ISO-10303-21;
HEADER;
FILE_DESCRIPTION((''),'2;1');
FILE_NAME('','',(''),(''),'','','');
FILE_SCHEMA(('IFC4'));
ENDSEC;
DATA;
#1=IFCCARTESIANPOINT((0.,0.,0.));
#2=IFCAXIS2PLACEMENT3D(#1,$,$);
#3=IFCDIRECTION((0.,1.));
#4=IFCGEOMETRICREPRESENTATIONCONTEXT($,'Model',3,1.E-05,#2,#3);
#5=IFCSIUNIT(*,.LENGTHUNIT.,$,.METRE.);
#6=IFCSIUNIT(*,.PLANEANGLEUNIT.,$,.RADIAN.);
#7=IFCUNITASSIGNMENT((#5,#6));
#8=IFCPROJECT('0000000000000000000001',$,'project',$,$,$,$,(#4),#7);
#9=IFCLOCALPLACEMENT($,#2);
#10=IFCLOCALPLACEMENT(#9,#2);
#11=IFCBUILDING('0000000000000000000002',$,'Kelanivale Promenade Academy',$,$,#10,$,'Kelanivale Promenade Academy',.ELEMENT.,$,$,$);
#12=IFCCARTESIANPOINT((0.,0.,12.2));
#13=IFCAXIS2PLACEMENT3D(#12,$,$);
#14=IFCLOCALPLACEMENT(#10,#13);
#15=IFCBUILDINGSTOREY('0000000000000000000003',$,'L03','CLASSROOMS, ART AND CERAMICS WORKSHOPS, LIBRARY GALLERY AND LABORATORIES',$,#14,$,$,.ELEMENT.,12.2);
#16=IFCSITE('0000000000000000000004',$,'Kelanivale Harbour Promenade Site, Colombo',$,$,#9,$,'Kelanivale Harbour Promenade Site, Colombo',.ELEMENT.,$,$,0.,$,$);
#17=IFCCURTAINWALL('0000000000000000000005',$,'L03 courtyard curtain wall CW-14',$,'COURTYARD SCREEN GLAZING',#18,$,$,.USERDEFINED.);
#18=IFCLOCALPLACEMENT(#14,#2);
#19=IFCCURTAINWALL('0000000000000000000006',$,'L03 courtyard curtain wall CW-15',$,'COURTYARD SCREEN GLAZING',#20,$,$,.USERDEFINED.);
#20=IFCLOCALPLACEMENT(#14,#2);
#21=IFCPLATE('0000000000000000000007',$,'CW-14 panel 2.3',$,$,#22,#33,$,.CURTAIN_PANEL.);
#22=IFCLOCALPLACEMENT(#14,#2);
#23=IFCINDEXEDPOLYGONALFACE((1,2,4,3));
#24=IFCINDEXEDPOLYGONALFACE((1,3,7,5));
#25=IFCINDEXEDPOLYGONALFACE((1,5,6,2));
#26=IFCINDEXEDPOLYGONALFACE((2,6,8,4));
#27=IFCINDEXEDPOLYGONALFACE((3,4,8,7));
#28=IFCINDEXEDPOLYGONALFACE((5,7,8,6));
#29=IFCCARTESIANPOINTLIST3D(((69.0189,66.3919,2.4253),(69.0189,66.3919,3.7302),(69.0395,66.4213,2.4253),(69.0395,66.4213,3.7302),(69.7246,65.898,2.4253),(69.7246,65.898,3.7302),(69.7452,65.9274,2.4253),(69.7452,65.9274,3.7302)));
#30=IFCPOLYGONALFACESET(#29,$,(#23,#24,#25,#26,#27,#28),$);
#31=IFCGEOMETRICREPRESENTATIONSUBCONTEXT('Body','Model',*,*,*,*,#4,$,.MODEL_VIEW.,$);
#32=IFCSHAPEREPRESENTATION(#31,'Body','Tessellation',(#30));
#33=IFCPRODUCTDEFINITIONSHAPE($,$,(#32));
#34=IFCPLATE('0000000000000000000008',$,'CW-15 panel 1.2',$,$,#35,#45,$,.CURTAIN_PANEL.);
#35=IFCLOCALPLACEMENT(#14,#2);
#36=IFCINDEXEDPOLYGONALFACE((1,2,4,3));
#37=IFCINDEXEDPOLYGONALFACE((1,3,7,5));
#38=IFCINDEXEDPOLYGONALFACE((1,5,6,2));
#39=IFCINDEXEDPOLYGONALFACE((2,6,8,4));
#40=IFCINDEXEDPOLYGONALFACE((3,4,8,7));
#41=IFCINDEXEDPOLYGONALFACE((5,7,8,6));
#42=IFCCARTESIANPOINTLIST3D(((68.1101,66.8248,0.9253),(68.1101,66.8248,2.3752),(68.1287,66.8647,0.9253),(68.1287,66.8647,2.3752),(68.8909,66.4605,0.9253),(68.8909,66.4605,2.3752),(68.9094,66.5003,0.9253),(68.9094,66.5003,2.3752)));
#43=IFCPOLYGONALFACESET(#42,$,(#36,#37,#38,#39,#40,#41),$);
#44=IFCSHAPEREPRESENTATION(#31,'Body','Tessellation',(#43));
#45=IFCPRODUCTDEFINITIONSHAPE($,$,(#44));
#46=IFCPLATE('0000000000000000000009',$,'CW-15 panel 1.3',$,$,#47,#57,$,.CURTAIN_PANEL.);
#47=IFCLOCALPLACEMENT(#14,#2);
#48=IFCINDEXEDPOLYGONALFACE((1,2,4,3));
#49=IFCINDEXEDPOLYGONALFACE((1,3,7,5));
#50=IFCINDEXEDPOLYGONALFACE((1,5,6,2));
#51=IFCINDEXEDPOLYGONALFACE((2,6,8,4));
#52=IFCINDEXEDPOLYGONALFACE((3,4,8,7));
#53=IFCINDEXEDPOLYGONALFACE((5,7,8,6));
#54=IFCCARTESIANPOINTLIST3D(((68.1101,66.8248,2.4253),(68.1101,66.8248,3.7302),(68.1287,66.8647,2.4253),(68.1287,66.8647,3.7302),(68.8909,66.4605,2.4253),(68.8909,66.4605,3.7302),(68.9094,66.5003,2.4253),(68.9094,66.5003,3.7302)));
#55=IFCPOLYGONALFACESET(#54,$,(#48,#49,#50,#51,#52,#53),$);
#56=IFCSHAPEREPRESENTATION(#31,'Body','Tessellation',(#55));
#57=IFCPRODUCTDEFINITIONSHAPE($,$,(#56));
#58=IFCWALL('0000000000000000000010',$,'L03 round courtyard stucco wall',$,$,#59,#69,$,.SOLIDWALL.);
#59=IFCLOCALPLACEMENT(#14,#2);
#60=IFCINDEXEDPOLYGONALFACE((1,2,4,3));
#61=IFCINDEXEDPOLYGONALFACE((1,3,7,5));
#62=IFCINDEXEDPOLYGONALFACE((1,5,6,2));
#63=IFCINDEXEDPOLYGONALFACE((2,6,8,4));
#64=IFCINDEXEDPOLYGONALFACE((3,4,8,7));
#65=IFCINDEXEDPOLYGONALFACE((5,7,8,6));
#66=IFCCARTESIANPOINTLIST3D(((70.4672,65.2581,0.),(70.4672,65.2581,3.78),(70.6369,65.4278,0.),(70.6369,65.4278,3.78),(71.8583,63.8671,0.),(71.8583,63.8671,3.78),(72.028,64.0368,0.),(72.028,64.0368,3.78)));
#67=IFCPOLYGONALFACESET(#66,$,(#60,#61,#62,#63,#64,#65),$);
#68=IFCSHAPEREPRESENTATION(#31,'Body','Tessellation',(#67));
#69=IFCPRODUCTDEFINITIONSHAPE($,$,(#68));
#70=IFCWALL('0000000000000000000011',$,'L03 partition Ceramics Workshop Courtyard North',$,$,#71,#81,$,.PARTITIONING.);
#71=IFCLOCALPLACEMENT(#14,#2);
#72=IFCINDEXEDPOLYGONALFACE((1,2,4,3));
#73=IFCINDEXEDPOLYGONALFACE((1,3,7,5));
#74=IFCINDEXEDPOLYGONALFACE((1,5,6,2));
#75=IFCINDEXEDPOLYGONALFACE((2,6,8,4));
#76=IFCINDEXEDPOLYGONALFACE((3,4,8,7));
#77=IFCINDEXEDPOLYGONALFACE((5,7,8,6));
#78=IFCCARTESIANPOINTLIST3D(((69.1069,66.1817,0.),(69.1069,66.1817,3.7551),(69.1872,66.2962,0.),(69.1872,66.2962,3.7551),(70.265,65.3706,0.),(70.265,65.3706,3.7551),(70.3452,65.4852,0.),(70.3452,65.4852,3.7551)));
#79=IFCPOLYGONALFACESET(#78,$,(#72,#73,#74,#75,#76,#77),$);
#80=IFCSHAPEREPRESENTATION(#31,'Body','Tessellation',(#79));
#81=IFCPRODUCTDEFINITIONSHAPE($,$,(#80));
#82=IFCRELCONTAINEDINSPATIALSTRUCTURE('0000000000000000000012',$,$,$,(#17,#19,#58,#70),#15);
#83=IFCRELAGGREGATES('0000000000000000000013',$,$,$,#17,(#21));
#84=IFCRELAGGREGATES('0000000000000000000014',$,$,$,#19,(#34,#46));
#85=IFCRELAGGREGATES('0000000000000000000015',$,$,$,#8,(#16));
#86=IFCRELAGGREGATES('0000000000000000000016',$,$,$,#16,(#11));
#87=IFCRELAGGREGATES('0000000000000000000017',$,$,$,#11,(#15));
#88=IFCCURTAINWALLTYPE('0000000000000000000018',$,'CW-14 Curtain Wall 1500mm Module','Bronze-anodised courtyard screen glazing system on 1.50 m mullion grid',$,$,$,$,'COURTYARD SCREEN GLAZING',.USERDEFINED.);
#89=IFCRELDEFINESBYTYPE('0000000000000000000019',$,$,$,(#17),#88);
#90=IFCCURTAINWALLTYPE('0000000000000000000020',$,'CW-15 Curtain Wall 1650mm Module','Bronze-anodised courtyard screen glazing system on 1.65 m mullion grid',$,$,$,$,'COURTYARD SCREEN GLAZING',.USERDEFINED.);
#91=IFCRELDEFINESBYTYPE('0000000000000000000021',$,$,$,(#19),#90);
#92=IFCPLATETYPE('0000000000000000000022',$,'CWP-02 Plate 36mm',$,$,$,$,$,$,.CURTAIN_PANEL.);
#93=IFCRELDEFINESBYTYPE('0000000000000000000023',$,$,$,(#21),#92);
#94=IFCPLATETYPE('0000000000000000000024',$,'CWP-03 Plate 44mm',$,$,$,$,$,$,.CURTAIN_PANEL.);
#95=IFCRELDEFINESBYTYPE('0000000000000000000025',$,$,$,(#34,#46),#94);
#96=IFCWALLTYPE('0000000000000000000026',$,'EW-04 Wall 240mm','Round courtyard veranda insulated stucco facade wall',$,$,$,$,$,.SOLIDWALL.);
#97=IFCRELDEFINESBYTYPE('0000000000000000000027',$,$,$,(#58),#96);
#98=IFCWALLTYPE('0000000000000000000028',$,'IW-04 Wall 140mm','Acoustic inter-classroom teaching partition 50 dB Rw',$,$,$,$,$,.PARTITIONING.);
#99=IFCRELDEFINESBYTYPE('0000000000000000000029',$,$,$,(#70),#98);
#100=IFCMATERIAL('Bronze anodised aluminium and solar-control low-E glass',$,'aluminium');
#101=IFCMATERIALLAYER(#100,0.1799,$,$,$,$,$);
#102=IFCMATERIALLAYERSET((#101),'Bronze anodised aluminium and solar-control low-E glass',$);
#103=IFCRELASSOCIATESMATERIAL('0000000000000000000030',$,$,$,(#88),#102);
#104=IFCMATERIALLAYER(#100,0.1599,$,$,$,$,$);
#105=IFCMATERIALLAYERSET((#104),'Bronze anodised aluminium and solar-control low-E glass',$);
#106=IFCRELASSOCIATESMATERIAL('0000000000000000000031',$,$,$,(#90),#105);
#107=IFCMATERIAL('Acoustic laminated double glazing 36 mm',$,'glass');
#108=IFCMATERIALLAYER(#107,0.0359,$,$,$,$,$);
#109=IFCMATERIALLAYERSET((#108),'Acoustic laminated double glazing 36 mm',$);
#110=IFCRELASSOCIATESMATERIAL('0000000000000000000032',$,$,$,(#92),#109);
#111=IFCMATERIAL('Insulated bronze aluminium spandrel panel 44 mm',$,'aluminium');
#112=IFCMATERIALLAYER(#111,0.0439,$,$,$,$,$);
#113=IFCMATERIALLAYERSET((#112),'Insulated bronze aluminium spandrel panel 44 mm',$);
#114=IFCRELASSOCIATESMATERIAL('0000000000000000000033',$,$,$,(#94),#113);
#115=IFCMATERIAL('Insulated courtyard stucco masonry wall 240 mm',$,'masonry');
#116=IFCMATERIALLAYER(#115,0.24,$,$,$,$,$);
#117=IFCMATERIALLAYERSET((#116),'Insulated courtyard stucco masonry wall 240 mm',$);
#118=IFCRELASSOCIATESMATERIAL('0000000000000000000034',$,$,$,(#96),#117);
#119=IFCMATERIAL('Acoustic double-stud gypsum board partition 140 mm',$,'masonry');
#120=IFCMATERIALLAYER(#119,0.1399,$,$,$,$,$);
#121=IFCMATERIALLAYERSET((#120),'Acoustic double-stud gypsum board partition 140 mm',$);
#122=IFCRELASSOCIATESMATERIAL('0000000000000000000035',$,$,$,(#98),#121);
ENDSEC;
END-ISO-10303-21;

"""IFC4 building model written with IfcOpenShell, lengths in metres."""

from ifc_helpers import new_model, si_unit, direction, frame, frame_2d, origin, origin_2d, place, context, subcontext, project, spatial, rectangle, extrude, material, layer, layer_set, type_object, element, aggregate, save


model = new_model("IFC4")

# Units and contexts
model_context = context("Model", 3, precision=1e-05, world=origin(), true_north=direction((0.0, 1.0)))
body_context = subcontext(model_context, "Body", "Model", "MODEL_VIEW")
ifc_project = project(units=[si_unit("LENGTHUNIT", "METRE"), si_unit("PLANEANGLEUNIT", "RADIAN")], contexts=[model_context])

# Site, building, storey
site_placement = place(None, origin())
site = spatial("IfcSite", under=ifc_project, at=site_placement, Name="Kelanivale Harbour Promenade Site, Colombo", LongName="Kelanivale Harbour Promenade Site, Colombo", CompositionType="ELEMENT", RefElevation=0.0)
building_placement = place(site_placement, origin())
building = spatial("IfcBuilding", under=site, at=building_placement, Name="Kelanivale Promenade Academy", LongName="Kelanivale Promenade Academy", CompositionType="ELEMENT")
storey_placement = place(building_placement, frame((0.0, 0.0, 12.2)))
storey = spatial("IfcBuildingStorey", under=building, at=storey_placement, Name="L03", Description="CLASSROOMS, ART AND CERAMICS WORKSHOPS, LIBRARY GALLERY AND LABORATORIES", CompositionType="ELEMENT", Elevation=12.2)

# Shared definitions
ifc_material_1 = material(Name="Bronze anodised aluminium and solar-control low-E glass", Category="aluminium")

# Curtain wall
ifc_layer_1 = layer(ifc_material_1, 0.1799)
ifc_layer_set_1 = layer_set([ifc_layer_1], Name="Bronze anodised aluminium and solar-control low-E glass")
curtain_wall_type_1 = type_object("IfcCurtainWallType", Name="CW-14 Curtain Wall 1500mm Module", Description="Bronze-anodised courtyard screen glazing system on 1.50 m mullion grid", ElementType="COURTYARD SCREEN GLAZING", PredefinedType="USERDEFINED", material=ifc_layer_set_1)
curtain_wall_1_placement = place(storey_placement, origin())
curtain_wall_1 = element("IfcCurtainWall", 1, at=curtain_wall_1_placement, inside=storey, type_object=curtain_wall_type_1, Name="L03 courtyard curtain wall CW-14", ObjectType="COURTYARD SCREEN GLAZING", PredefinedType="USERDEFINED")

# Curtain wall
ifc_layer_2 = layer(ifc_material_1, 0.1599)
ifc_layer_set_2 = layer_set([ifc_layer_2], Name="Bronze anodised aluminium and solar-control low-E glass")
curtain_wall_type_2 = type_object("IfcCurtainWallType", Name="CW-15 Curtain Wall 1650mm Module", Description="Bronze-anodised courtyard screen glazing system on 1.65 m mullion grid", ElementType="COURTYARD SCREEN GLAZING", PredefinedType="USERDEFINED", material=ifc_layer_set_2)
curtain_wall_2_placement = place(storey_placement, origin())
curtain_wall_2 = element("IfcCurtainWall", 2, at=curtain_wall_2_placement, inside=storey, type_object=curtain_wall_type_2, Name="L03 courtyard curtain wall CW-15", ObjectType="COURTYARD SCREEN GLAZING", PredefinedType="USERDEFINED")

# Plates
ifc_material_2 = material(Name="Acoustic laminated double glazing 36 mm", Category="glass")
ifc_layer_3 = layer(ifc_material_2, 0.0359)
ifc_layer_set_3 = layer_set([ifc_layer_3], Name="Acoustic laminated double glazing 36 mm")
plate_type_1 = type_object("IfcPlateType", Name="CWP-02 Plate 36mm", PredefinedType="CURTAIN_PANEL", material=ifc_layer_set_3)
plate_1_placement = place(storey_placement, frame((69.3821, 66.1597, 2.4253), z_axis=(0.0, 0.0, 1.0), x_axis=(-0.819306, 0.573357, 0.0)))
plate_1 = element("IfcPlate", 3, at=plate_1_placement, type_object=plate_type_1, Name="CW-14 panel 2.3", PredefinedType="CURTAIN_PANEL", context=body_context, shape_type="SweptSolid", body=[
    extrude(rectangle(XDim=0.8613, YDim=0.0359, at=origin_2d()), origin(), (0.0, 0.0, 1.0), 1.3049),
])
aggregate(curtain_wall_1, [plate_1])
ifc_material_3 = material(Name="Insulated bronze aluminium spandrel panel 44 mm", Category="aluminium")
ifc_layer_4 = layer(ifc_material_3, 0.0439)
ifc_layer_set_4 = layer_set([ifc_layer_4], Name="Insulated bronze aluminium spandrel panel 44 mm")
plate_type_2 = type_object("IfcPlateType", Name="CWP-03 Plate 44mm", PredefinedType="CURTAIN_PANEL", material=ifc_layer_set_4)
plate_2_placement = place(storey_placement, frame((68.5098, 66.6626, 0.9253), z_axis=(0.0, 0.0, 1.0), x_axis=(-0.906196, 0.422857, 0.0)))
plate_2 = element("IfcPlate", 4, at=plate_2_placement, type_object=plate_type_2, Name="CW-15 panel 1.2", PredefinedType="CURTAIN_PANEL", context=body_context, shape_type="SweptSolid", body=[
    extrude(rectangle(XDim=0.8616, YDim=0.0439, at=origin_2d()), origin(), (0.0, 0.0, 1.0), 1.45),
])
plate_3_placement = place(storey_placement, frame((68.5098, 66.6626, 2.4253), z_axis=(0.0, 0.0, 1.0), x_axis=(-0.906196, 0.422857, 0.0)))
plate_3 = element("IfcPlate", 5, at=plate_3_placement, type_object=plate_type_2, Name="CW-15 panel 1.3", PredefinedType="CURTAIN_PANEL", context=body_context, shape_type="SweptSolid", body=[
    extrude(rectangle(XDim=0.8616, YDim=0.0439, at=origin_2d()), origin(), (0.0, 0.0, 1.0), 1.3049),
])
aggregate(curtain_wall_2, [plate_2, plate_3])

# Walls
ifc_material_4 = material(Name="Insulated courtyard stucco masonry wall 240 mm", Category="masonry")
ifc_layer_5 = layer(ifc_material_4, 0.24)
ifc_layer_set_5 = layer_set([ifc_layer_5], Name="Insulated courtyard stucco masonry wall 240 mm")
wall_type_1 = type_object("IfcWallType", Name="EW-04 Wall 240mm", Description="Round courtyard veranda insulated stucco facade wall", PredefinedType="SOLIDWALL", material=ifc_layer_set_5)
wall_1_placement = place(storey_placement, frame((71.9431, 63.9519, 0.0), z_axis=(0.0, 0.0, 1.0), x_axis=(-0.707107, 0.707107, 0.0)))
element("IfcWall", 6, at=wall_1_placement, inside=storey, type_object=wall_type_1, Name="L03 round courtyard stucco wall", PredefinedType="SOLIDWALL", context=body_context, shape_type="SweptSolid", body=[
    extrude(rectangle(XDim=1.9673, YDim=0.24, at=frame_2d((0.9836, 0.0))), origin(), (0.0, 0.0, 1.0), 3.78),
])
ifc_material_5 = material(Name="Acoustic double-stud gypsum board partition 140 mm", Category="masonry")
ifc_layer_6 = layer(ifc_material_5, 0.1399)
ifc_layer_set_6 = layer_set([ifc_layer_6], Name="Acoustic double-stud gypsum board partition 140 mm")
wall_type_2 = type_object("IfcWallType", Name="IW-04 Wall 140mm", Description="Acoustic inter-classroom teaching partition 50 dB Rw", PredefinedType="PARTITIONING", material=ifc_layer_set_6)
wall_2_placement = place(storey_placement, frame((69.147, 66.239, 0.0), z_axis=(0.0, 0.0, 1.0), x_axis=(0.819078, -0.573683, 0.0)))
element("IfcWall", 7, at=wall_2_placement, inside=storey, type_object=wall_type_2, Name="L03 partition Ceramics Workshop Courtyard North", PredefinedType="PARTITIONING", context=body_context, shape_type="SweptSolid", body=[
    extrude(rectangle(XDim=1.4138, YDim=0.1399, at=frame_2d((0.707, 0.0))), origin(), (0.0, 0.0, 1.0), 3.7551),
])

save(model, "model.ifc")
